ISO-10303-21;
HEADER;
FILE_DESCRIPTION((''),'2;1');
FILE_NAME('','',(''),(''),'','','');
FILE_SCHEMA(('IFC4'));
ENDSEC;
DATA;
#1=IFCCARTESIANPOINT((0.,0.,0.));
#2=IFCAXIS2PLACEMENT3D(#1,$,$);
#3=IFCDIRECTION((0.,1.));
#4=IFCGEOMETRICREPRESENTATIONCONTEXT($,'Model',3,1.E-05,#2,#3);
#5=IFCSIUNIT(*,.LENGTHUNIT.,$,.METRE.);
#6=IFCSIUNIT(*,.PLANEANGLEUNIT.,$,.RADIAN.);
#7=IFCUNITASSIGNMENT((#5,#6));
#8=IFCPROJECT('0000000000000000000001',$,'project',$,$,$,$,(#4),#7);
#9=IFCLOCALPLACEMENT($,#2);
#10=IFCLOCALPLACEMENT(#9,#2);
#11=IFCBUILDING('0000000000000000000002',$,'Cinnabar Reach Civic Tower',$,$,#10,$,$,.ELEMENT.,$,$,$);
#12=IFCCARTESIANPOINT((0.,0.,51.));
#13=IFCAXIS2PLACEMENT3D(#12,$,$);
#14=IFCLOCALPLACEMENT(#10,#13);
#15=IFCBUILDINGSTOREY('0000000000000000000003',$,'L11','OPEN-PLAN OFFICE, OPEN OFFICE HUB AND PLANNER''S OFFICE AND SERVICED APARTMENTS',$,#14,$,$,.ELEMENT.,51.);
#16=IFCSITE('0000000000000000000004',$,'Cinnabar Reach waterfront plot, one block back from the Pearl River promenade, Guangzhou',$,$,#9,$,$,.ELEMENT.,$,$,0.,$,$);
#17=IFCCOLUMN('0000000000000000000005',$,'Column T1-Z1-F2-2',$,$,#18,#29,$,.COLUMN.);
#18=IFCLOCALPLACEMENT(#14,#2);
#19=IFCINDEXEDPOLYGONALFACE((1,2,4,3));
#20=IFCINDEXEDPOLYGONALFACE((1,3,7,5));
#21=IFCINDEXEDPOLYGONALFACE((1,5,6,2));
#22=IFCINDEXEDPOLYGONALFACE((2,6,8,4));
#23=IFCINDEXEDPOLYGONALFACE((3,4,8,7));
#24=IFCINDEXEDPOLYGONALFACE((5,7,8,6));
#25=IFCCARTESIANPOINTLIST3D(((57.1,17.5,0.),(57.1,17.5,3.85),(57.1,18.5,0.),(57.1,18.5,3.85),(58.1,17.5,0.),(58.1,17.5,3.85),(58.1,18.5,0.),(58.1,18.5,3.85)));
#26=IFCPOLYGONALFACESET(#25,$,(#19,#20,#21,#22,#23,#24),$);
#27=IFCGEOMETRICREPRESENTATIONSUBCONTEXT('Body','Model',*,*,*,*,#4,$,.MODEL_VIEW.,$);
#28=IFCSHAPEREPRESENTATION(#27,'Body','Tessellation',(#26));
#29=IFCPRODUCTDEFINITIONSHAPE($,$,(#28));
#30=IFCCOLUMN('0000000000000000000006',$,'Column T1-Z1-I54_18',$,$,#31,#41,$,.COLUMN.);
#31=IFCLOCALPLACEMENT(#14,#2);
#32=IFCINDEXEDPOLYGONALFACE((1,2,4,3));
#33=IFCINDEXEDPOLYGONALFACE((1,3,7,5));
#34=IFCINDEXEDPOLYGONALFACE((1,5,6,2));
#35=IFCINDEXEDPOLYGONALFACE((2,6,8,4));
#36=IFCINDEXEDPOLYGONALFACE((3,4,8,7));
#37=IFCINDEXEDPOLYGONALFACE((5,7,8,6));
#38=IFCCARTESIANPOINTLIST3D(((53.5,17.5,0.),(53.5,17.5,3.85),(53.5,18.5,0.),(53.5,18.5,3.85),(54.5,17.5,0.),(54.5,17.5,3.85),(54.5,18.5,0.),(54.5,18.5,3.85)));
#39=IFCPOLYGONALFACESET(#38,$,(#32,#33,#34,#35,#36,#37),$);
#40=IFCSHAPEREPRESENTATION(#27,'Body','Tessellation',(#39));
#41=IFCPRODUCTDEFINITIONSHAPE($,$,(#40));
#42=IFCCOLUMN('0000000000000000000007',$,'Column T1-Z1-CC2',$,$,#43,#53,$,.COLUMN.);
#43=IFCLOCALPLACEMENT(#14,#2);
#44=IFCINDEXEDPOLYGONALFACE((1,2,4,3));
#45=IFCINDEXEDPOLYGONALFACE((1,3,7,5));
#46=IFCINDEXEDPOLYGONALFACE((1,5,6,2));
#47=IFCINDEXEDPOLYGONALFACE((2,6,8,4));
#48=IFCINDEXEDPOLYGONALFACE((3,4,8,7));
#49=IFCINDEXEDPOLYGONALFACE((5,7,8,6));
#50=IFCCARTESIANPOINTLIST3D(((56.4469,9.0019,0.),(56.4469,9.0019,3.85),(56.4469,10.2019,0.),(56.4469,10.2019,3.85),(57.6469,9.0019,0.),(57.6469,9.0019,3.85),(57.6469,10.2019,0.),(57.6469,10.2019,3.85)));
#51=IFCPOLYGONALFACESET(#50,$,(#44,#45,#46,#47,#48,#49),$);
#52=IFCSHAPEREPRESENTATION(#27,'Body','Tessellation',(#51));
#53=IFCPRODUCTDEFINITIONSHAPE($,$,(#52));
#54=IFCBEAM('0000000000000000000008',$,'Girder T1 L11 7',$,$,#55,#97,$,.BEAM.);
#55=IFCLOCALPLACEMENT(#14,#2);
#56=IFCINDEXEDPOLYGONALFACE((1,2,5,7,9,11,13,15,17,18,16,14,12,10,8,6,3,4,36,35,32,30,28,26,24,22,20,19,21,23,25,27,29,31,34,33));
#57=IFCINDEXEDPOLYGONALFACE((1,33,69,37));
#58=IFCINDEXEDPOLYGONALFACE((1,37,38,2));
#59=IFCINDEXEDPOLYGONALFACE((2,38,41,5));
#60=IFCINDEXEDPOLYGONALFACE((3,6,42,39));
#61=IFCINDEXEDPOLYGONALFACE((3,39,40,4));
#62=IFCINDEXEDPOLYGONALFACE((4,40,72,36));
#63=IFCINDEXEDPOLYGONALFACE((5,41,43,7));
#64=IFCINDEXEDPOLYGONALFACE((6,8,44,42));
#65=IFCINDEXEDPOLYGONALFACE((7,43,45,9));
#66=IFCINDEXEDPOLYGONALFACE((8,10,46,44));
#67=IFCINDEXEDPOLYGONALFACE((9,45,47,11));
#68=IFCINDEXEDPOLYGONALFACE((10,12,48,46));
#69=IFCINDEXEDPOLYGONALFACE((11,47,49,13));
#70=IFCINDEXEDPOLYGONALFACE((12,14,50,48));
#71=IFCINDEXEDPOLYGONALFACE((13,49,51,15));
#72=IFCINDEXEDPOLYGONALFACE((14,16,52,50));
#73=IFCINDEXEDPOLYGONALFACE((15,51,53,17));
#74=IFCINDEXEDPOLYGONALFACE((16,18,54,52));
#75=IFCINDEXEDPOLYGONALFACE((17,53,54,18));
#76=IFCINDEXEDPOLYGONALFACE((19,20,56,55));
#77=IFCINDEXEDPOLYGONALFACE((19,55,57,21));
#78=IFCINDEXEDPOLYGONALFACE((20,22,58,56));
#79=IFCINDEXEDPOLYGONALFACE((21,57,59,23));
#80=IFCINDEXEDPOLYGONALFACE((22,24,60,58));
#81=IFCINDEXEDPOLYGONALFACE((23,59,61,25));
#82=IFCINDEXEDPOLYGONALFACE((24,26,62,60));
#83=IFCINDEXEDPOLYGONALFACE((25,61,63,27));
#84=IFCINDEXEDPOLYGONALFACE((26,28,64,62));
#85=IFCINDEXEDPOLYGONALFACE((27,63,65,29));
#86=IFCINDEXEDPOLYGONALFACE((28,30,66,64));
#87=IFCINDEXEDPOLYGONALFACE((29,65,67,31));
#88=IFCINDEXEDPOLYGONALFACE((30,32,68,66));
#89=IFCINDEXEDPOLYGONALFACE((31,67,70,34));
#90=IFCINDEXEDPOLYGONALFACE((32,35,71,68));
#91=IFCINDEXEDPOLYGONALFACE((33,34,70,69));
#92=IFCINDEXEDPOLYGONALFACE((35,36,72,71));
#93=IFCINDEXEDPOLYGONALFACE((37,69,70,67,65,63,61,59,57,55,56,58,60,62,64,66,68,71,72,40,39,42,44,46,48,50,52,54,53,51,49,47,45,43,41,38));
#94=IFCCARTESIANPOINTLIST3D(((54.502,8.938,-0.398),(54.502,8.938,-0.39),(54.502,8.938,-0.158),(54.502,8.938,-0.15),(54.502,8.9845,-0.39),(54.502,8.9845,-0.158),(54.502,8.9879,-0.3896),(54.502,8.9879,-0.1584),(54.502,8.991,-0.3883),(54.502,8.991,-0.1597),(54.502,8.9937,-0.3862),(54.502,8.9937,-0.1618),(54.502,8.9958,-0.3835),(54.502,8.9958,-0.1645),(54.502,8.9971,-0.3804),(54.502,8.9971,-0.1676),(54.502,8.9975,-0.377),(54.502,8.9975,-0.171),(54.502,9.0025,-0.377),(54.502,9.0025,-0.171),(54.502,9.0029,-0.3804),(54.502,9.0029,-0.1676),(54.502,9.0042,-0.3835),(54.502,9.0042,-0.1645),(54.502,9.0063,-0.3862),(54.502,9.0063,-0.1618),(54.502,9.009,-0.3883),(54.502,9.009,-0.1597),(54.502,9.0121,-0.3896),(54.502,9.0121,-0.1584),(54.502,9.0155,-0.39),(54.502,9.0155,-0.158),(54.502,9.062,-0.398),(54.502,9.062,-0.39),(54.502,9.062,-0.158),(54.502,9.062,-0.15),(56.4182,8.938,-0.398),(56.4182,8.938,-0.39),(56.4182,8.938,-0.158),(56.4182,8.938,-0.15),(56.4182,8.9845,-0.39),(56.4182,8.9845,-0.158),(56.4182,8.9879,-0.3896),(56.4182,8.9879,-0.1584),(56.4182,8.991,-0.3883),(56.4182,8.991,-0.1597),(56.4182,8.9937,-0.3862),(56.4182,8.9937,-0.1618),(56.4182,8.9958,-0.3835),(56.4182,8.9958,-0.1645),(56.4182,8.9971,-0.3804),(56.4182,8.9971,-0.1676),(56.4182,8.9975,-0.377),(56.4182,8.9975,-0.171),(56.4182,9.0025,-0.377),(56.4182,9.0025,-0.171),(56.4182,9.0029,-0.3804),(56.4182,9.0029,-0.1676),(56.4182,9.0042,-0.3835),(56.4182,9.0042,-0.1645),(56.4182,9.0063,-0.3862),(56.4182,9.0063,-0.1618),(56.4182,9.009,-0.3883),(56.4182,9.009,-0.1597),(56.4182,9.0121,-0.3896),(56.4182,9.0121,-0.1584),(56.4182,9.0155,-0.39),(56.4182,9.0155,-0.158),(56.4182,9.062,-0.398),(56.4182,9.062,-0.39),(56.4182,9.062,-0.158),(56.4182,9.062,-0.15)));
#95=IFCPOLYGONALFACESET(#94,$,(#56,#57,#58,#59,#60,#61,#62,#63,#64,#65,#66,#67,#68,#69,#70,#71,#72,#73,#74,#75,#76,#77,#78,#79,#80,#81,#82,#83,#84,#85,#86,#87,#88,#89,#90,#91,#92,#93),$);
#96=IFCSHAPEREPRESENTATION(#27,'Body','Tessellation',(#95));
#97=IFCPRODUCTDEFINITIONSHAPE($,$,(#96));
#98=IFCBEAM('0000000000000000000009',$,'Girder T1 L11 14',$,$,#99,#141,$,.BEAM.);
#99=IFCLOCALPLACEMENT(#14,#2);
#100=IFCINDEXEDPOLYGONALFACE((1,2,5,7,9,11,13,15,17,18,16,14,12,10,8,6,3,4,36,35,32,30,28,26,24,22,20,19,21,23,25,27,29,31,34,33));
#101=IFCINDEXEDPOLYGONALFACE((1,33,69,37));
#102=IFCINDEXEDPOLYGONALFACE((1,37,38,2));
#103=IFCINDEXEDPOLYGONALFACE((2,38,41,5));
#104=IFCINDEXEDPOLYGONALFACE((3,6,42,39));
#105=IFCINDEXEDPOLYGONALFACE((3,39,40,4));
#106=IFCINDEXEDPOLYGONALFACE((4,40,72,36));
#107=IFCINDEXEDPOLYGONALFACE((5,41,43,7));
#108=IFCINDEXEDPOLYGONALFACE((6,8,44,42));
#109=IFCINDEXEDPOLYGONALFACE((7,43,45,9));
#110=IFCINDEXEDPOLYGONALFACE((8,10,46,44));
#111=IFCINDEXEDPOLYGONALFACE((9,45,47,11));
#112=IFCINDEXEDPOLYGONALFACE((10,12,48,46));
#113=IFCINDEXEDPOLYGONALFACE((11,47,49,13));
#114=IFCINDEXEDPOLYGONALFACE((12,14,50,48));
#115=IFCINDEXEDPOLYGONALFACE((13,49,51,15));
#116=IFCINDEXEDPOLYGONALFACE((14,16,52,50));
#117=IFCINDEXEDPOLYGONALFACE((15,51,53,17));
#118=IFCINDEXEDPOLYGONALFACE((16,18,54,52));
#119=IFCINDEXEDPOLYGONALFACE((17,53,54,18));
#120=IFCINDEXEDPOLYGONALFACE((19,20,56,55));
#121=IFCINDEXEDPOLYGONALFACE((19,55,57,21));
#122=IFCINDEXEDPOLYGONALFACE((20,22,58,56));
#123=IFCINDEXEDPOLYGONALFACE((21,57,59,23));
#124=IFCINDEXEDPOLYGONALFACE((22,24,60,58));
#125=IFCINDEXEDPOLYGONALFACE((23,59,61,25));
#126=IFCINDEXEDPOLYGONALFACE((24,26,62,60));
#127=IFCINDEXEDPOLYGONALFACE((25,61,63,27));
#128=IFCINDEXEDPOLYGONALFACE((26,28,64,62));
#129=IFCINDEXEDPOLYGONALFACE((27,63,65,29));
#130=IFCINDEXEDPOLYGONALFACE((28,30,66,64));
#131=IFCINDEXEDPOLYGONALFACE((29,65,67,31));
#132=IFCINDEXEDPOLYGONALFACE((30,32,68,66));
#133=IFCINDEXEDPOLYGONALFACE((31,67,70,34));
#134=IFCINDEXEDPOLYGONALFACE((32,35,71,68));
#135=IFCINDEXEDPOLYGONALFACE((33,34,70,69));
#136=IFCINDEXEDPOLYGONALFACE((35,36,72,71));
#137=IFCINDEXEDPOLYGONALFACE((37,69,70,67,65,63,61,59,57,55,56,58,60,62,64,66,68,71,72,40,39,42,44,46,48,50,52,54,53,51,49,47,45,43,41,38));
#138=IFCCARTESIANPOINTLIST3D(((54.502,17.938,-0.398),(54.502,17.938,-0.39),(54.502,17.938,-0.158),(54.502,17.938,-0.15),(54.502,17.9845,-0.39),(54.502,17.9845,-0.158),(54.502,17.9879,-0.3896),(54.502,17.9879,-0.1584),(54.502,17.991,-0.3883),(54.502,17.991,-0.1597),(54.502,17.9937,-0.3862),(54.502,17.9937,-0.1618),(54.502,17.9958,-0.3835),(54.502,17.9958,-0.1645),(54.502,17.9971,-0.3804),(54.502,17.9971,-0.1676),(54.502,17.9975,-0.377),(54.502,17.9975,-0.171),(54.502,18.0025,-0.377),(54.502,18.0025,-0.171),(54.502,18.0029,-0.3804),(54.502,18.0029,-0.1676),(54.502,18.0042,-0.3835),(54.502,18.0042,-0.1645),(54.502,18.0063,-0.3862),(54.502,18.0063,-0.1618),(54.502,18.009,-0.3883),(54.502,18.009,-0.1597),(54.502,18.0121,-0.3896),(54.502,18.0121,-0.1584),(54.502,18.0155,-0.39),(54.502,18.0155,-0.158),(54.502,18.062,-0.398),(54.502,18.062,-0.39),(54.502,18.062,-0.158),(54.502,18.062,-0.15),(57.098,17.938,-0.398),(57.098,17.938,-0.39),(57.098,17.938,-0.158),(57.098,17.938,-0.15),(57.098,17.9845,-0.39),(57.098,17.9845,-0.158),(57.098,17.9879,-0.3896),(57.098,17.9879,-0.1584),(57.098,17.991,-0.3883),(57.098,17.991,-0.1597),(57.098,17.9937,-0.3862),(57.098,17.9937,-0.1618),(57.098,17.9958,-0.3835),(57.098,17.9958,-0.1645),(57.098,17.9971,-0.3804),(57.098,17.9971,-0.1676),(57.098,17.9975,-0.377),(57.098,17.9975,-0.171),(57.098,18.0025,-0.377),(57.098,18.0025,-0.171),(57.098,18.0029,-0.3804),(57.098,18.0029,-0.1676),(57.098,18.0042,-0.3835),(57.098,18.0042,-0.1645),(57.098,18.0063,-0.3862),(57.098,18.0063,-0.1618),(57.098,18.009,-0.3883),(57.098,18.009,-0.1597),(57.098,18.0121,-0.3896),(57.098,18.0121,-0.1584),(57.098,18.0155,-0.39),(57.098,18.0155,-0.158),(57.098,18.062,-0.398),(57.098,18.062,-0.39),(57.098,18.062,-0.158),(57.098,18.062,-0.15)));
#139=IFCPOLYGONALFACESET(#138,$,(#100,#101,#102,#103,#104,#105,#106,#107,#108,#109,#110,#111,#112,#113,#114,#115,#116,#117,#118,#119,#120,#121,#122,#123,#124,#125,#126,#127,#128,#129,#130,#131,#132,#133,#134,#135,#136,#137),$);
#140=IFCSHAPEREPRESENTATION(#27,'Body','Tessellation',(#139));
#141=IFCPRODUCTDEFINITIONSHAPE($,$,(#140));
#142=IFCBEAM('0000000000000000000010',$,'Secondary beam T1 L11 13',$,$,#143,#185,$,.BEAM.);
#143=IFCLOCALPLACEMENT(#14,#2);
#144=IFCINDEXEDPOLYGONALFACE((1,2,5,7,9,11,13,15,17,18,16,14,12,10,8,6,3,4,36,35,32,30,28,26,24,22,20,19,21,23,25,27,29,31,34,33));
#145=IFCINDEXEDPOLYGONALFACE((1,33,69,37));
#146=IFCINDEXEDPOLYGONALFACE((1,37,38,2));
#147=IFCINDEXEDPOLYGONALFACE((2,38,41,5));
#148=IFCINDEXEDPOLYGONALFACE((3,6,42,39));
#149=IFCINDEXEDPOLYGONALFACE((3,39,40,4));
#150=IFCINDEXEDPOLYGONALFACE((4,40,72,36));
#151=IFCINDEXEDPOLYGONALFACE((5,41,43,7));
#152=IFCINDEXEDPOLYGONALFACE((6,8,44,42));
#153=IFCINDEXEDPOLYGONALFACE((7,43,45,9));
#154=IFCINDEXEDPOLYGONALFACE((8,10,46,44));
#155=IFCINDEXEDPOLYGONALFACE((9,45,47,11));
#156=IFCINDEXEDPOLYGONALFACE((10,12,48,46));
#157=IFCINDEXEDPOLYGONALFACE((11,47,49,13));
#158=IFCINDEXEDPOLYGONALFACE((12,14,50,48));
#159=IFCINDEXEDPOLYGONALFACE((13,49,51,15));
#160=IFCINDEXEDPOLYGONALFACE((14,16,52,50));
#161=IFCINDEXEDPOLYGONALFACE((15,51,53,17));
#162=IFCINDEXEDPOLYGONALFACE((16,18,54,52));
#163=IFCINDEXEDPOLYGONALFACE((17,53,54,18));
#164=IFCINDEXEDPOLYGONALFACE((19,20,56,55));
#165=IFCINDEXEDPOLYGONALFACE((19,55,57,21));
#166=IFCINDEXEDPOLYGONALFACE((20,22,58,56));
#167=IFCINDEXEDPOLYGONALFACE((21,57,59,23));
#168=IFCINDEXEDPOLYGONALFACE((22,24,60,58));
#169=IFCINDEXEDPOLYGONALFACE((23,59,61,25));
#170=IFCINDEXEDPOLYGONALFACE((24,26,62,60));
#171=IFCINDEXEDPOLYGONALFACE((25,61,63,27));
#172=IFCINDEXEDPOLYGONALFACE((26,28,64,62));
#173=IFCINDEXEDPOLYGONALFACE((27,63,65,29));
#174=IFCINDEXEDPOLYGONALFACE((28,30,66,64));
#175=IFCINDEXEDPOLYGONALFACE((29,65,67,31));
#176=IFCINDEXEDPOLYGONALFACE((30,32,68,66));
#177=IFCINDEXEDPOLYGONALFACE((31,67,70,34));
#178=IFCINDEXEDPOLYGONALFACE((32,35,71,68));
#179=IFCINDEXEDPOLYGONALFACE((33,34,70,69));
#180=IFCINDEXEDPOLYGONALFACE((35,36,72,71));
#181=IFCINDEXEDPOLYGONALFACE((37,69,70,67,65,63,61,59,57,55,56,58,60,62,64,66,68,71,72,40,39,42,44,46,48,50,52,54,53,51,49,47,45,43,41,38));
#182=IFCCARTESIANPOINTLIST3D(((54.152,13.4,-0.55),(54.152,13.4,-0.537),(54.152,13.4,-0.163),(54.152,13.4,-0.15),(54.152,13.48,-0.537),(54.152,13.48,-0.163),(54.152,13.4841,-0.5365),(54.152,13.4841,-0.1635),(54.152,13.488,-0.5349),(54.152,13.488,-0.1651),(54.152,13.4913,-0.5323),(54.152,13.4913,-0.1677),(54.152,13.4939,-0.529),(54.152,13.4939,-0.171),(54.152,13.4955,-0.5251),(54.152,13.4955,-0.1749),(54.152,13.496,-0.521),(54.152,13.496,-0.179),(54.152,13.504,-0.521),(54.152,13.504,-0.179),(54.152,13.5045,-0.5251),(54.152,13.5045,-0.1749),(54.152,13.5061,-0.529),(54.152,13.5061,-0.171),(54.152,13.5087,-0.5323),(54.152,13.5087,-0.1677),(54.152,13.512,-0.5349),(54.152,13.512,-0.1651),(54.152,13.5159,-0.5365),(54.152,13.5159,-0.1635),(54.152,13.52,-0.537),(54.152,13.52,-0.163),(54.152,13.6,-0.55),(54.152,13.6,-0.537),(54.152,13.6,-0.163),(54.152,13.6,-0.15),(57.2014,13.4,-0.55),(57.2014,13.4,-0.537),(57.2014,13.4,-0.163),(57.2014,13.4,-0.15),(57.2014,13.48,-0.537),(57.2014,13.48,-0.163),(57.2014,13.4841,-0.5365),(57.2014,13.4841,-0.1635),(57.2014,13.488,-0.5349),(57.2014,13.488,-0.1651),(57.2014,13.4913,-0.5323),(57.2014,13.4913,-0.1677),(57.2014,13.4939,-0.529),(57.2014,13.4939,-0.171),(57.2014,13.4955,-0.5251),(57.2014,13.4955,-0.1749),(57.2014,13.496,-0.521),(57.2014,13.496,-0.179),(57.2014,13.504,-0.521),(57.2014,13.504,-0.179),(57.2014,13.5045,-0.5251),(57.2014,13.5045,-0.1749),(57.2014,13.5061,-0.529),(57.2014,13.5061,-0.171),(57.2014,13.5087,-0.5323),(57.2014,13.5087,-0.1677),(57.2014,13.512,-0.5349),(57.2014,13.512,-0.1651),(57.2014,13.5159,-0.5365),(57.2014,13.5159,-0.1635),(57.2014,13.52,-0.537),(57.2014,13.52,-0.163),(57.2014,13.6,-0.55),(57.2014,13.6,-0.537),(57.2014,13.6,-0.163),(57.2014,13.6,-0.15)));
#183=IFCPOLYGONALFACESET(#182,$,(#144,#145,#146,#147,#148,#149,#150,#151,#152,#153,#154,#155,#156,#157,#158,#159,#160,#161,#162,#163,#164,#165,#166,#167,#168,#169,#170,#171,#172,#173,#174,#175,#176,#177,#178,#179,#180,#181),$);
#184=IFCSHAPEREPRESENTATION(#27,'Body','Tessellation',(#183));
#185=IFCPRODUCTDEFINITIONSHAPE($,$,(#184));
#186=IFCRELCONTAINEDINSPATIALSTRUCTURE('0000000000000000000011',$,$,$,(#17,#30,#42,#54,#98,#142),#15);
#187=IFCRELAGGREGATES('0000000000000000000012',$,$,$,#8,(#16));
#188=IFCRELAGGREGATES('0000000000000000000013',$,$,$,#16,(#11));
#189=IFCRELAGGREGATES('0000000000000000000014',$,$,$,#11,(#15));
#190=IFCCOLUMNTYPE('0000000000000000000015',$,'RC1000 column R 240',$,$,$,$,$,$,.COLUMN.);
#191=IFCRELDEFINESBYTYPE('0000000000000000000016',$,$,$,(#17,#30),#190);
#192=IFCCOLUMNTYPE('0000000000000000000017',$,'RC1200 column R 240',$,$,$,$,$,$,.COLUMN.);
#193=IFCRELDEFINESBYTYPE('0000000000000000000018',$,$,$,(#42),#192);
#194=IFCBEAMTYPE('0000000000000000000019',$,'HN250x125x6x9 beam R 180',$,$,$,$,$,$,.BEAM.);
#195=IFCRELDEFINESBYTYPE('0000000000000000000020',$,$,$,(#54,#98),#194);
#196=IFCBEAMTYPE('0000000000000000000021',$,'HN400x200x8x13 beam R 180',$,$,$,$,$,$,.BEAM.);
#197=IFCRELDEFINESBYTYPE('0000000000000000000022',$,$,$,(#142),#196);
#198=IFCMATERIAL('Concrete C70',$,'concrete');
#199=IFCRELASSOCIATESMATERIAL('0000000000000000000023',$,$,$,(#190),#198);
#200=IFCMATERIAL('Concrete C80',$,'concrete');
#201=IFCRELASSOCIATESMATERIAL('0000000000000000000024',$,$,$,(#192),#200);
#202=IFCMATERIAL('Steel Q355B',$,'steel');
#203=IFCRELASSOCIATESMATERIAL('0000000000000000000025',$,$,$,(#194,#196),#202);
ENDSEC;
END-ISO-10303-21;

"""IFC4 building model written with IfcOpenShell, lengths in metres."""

from ifc_helpers import new_model, si_unit, direction, frame, origin, origin_2d, place, context, subcontext, project, spatial, rectangle, i_section, extrude, material, material_profile, profile_set, type_object, element, save


model = new_model("IFC4")

# Units and contexts
model_context = context("Model", 3, precision=1e-05, world=origin(), true_north=direction((0.0, 1.0)))
body_context = subcontext(model_context, "Body", "Model", "MODEL_VIEW")
ifc_project = project(units=[si_unit("LENGTHUNIT", "METRE"), si_unit("PLANEANGLEUNIT", "RADIAN")], contexts=[model_context])

# Site, building, storey
site_placement = place(None, origin())
site = spatial("IfcSite", under=ifc_project, at=site_placement, Name="Cinnabar Reach waterfront plot, one block back from the Pearl River promenade, Guangzhou", CompositionType="ELEMENT", RefElevation=0.0)
building_placement = place(site_placement, origin())
building = spatial("IfcBuilding", under=site, at=building_placement, Name="Cinnabar Reach Civic Tower", CompositionType="ELEMENT")
storey_placement = place(building_placement, frame((0.0, 0.0, 51.0)))
storey = spatial("IfcBuildingStorey", under=building, at=storey_placement, Name="L11", Description="OPEN-PLAN OFFICE, OPEN OFFICE HUB AND PLANNER'S OFFICE AND SERVICED APARTMENTS", CompositionType="ELEMENT", Elevation=51.0)

# Columns
ifc_material_1 = material(Name="Concrete C70", Category="concrete")
ifc_material_profile_1 = material_profile(ifc_material_1, rectangle(XDim=1.0, YDim=1.0, at=origin_2d()), Name="RC1000")
ifc_profile_set_1 = profile_set([ifc_material_profile_1], Name="Concrete C70")
column_type_1 = type_object("IfcColumnType", Name="RC1000 column R 240", PredefinedType="COLUMN", material=ifc_profile_set_1)
for number, where, z_axis, x_axis, name in (
    (1, (57.6, 18.0, 0.0), (0.0, 0.0, 1.0), (1.0, 0.0, 0.0), "Column T1-Z1-F2-2"),
    (2, (54.0, 18.0, 0.0), (0.0, 0.0, 1.0), (1.0, 0.0, 0.0), "Column T1-Z1-I54_18"),
):
    element("IfcColumn", number, at=place(storey_placement, frame(where, z_axis=z_axis, x_axis=x_axis)), inside=storey, type_object=column_type_1, Name=name, PredefinedType="COLUMN", context=body_context, shape_type="SweptSolid", body=[
        extrude(rectangle(XDim=1.0, YDim=1.0, at=origin_2d()), origin(), (0.0, 0.0, 1.0), 3.85),
    ])
ifc_material_2 = material(Name="Concrete C80", Category="concrete")
ifc_material_profile_2 = material_profile(ifc_material_2, rectangle(XDim=1.2, YDim=1.2, at=origin_2d()), Name="RC1200")
ifc_profile_set_2 = profile_set([ifc_material_profile_2], Name="Concrete C80")
column_type_2 = type_object("IfcColumnType", Name="RC1200 column R 240", PredefinedType="COLUMN", material=ifc_profile_set_2)
column_placement = place(storey_placement, frame((57.0469, 9.6019, 0.0), z_axis=(0.0, 0.0, 1.0), x_axis=(1.0, 0.0, 0.0)))
element("IfcColumn", 3, at=column_placement, inside=storey, type_object=column_type_2, Name="Column T1-Z1-CC2", PredefinedType="COLUMN", context=body_context, shape_type="SweptSolid", body=[
    extrude(rectangle(XDim=1.2, YDim=1.2, at=origin_2d()), origin(), (0.0, 0.0, 1.0), 3.85),
])

# Beams
ifc_material_3 = material(Name="Steel Q355B", Category="steel")
ifc_material_profile_3 = material_profile(ifc_material_3, i_section(OverallWidth=0.124, OverallDepth=0.248, WebThickness=0.005, FlangeThickness=0.008, FilletRadius=0.013, at=origin_2d()), Name="HN250x125x6x9")
ifc_profile_set_3 = profile_set([ifc_material_profile_3], Name="Steel Q355B")
beam_type_1 = type_object("IfcBeamType", Name="HN250x125x6x9 beam R 180", PredefinedType="BEAM", material=ifc_profile_set_3)
beam_1_placement = place(storey_placement, frame((54.502, 9.0, -0.274), z_axis=(1.0, 0.0, 0.0), x_axis=(0.0, 1.0, 0.0)))
element("IfcBeam", 4, at=beam_1_placement, inside=storey, type_object=beam_type_1, Name="Girder T1 L11 7", PredefinedType="BEAM", context=body_context, shape_type="SweptSolid", body=[
    extrude(i_section(OverallWidth=0.124, OverallDepth=0.248, WebThickness=0.005, FlangeThickness=0.008, FilletRadius=0.013, at=origin_2d()), origin(), (0.0, 0.0, 1.0), 1.9162),
])
beam_2_placement = place(storey_placement, frame((54.502, 18.0, -0.274), z_axis=(1.0, 0.0, 0.0), x_axis=(0.0, 1.0, 0.0)))
element("IfcBeam", 5, at=beam_2_placement, inside=storey, type_object=beam_type_1, Name="Girder T1 L11 14", PredefinedType="BEAM", context=body_context, shape_type="SweptSolid", body=[
    extrude(i_section(OverallWidth=0.124, OverallDepth=0.248, WebThickness=0.005, FlangeThickness=0.008, FilletRadius=0.013, at=origin_2d()), origin(), (0.0, 0.0, 1.0), 2.596),
])
ifc_material_profile_4 = material_profile(ifc_material_3, i_section(OverallWidth=0.2, OverallDepth=0.4, WebThickness=0.008, FlangeThickness=0.013, FilletRadius=0.016, at=origin_2d()), Name="HN400x200x8x13")
ifc_profile_set_4 = profile_set([ifc_material_profile_4], Name="Steel Q355B")
beam_type_2 = type_object("IfcBeamType", Name="HN400x200x8x13 beam R 180", PredefinedType="BEAM", material=ifc_profile_set_4)
beam_3_placement = place(storey_placement, frame((54.152, 13.5, -0.35), z_axis=(1.0, 0.0, 0.0), x_axis=(0.0, 1.0, 0.0)))
element("IfcBeam", 6, at=beam_3_placement, inside=storey, type_object=beam_type_2, Name="Secondary beam T1 L11 13", PredefinedType="BEAM", context=body_context, shape_type="SweptSolid", body=[
    extrude(i_section(OverallWidth=0.2, OverallDepth=0.4, WebThickness=0.008, FlangeThickness=0.013, FilletRadius=0.016, at=origin_2d()), origin(), (0.0, 0.0, 1.0), 3.0494),
])

save(model, "model.ifc")
